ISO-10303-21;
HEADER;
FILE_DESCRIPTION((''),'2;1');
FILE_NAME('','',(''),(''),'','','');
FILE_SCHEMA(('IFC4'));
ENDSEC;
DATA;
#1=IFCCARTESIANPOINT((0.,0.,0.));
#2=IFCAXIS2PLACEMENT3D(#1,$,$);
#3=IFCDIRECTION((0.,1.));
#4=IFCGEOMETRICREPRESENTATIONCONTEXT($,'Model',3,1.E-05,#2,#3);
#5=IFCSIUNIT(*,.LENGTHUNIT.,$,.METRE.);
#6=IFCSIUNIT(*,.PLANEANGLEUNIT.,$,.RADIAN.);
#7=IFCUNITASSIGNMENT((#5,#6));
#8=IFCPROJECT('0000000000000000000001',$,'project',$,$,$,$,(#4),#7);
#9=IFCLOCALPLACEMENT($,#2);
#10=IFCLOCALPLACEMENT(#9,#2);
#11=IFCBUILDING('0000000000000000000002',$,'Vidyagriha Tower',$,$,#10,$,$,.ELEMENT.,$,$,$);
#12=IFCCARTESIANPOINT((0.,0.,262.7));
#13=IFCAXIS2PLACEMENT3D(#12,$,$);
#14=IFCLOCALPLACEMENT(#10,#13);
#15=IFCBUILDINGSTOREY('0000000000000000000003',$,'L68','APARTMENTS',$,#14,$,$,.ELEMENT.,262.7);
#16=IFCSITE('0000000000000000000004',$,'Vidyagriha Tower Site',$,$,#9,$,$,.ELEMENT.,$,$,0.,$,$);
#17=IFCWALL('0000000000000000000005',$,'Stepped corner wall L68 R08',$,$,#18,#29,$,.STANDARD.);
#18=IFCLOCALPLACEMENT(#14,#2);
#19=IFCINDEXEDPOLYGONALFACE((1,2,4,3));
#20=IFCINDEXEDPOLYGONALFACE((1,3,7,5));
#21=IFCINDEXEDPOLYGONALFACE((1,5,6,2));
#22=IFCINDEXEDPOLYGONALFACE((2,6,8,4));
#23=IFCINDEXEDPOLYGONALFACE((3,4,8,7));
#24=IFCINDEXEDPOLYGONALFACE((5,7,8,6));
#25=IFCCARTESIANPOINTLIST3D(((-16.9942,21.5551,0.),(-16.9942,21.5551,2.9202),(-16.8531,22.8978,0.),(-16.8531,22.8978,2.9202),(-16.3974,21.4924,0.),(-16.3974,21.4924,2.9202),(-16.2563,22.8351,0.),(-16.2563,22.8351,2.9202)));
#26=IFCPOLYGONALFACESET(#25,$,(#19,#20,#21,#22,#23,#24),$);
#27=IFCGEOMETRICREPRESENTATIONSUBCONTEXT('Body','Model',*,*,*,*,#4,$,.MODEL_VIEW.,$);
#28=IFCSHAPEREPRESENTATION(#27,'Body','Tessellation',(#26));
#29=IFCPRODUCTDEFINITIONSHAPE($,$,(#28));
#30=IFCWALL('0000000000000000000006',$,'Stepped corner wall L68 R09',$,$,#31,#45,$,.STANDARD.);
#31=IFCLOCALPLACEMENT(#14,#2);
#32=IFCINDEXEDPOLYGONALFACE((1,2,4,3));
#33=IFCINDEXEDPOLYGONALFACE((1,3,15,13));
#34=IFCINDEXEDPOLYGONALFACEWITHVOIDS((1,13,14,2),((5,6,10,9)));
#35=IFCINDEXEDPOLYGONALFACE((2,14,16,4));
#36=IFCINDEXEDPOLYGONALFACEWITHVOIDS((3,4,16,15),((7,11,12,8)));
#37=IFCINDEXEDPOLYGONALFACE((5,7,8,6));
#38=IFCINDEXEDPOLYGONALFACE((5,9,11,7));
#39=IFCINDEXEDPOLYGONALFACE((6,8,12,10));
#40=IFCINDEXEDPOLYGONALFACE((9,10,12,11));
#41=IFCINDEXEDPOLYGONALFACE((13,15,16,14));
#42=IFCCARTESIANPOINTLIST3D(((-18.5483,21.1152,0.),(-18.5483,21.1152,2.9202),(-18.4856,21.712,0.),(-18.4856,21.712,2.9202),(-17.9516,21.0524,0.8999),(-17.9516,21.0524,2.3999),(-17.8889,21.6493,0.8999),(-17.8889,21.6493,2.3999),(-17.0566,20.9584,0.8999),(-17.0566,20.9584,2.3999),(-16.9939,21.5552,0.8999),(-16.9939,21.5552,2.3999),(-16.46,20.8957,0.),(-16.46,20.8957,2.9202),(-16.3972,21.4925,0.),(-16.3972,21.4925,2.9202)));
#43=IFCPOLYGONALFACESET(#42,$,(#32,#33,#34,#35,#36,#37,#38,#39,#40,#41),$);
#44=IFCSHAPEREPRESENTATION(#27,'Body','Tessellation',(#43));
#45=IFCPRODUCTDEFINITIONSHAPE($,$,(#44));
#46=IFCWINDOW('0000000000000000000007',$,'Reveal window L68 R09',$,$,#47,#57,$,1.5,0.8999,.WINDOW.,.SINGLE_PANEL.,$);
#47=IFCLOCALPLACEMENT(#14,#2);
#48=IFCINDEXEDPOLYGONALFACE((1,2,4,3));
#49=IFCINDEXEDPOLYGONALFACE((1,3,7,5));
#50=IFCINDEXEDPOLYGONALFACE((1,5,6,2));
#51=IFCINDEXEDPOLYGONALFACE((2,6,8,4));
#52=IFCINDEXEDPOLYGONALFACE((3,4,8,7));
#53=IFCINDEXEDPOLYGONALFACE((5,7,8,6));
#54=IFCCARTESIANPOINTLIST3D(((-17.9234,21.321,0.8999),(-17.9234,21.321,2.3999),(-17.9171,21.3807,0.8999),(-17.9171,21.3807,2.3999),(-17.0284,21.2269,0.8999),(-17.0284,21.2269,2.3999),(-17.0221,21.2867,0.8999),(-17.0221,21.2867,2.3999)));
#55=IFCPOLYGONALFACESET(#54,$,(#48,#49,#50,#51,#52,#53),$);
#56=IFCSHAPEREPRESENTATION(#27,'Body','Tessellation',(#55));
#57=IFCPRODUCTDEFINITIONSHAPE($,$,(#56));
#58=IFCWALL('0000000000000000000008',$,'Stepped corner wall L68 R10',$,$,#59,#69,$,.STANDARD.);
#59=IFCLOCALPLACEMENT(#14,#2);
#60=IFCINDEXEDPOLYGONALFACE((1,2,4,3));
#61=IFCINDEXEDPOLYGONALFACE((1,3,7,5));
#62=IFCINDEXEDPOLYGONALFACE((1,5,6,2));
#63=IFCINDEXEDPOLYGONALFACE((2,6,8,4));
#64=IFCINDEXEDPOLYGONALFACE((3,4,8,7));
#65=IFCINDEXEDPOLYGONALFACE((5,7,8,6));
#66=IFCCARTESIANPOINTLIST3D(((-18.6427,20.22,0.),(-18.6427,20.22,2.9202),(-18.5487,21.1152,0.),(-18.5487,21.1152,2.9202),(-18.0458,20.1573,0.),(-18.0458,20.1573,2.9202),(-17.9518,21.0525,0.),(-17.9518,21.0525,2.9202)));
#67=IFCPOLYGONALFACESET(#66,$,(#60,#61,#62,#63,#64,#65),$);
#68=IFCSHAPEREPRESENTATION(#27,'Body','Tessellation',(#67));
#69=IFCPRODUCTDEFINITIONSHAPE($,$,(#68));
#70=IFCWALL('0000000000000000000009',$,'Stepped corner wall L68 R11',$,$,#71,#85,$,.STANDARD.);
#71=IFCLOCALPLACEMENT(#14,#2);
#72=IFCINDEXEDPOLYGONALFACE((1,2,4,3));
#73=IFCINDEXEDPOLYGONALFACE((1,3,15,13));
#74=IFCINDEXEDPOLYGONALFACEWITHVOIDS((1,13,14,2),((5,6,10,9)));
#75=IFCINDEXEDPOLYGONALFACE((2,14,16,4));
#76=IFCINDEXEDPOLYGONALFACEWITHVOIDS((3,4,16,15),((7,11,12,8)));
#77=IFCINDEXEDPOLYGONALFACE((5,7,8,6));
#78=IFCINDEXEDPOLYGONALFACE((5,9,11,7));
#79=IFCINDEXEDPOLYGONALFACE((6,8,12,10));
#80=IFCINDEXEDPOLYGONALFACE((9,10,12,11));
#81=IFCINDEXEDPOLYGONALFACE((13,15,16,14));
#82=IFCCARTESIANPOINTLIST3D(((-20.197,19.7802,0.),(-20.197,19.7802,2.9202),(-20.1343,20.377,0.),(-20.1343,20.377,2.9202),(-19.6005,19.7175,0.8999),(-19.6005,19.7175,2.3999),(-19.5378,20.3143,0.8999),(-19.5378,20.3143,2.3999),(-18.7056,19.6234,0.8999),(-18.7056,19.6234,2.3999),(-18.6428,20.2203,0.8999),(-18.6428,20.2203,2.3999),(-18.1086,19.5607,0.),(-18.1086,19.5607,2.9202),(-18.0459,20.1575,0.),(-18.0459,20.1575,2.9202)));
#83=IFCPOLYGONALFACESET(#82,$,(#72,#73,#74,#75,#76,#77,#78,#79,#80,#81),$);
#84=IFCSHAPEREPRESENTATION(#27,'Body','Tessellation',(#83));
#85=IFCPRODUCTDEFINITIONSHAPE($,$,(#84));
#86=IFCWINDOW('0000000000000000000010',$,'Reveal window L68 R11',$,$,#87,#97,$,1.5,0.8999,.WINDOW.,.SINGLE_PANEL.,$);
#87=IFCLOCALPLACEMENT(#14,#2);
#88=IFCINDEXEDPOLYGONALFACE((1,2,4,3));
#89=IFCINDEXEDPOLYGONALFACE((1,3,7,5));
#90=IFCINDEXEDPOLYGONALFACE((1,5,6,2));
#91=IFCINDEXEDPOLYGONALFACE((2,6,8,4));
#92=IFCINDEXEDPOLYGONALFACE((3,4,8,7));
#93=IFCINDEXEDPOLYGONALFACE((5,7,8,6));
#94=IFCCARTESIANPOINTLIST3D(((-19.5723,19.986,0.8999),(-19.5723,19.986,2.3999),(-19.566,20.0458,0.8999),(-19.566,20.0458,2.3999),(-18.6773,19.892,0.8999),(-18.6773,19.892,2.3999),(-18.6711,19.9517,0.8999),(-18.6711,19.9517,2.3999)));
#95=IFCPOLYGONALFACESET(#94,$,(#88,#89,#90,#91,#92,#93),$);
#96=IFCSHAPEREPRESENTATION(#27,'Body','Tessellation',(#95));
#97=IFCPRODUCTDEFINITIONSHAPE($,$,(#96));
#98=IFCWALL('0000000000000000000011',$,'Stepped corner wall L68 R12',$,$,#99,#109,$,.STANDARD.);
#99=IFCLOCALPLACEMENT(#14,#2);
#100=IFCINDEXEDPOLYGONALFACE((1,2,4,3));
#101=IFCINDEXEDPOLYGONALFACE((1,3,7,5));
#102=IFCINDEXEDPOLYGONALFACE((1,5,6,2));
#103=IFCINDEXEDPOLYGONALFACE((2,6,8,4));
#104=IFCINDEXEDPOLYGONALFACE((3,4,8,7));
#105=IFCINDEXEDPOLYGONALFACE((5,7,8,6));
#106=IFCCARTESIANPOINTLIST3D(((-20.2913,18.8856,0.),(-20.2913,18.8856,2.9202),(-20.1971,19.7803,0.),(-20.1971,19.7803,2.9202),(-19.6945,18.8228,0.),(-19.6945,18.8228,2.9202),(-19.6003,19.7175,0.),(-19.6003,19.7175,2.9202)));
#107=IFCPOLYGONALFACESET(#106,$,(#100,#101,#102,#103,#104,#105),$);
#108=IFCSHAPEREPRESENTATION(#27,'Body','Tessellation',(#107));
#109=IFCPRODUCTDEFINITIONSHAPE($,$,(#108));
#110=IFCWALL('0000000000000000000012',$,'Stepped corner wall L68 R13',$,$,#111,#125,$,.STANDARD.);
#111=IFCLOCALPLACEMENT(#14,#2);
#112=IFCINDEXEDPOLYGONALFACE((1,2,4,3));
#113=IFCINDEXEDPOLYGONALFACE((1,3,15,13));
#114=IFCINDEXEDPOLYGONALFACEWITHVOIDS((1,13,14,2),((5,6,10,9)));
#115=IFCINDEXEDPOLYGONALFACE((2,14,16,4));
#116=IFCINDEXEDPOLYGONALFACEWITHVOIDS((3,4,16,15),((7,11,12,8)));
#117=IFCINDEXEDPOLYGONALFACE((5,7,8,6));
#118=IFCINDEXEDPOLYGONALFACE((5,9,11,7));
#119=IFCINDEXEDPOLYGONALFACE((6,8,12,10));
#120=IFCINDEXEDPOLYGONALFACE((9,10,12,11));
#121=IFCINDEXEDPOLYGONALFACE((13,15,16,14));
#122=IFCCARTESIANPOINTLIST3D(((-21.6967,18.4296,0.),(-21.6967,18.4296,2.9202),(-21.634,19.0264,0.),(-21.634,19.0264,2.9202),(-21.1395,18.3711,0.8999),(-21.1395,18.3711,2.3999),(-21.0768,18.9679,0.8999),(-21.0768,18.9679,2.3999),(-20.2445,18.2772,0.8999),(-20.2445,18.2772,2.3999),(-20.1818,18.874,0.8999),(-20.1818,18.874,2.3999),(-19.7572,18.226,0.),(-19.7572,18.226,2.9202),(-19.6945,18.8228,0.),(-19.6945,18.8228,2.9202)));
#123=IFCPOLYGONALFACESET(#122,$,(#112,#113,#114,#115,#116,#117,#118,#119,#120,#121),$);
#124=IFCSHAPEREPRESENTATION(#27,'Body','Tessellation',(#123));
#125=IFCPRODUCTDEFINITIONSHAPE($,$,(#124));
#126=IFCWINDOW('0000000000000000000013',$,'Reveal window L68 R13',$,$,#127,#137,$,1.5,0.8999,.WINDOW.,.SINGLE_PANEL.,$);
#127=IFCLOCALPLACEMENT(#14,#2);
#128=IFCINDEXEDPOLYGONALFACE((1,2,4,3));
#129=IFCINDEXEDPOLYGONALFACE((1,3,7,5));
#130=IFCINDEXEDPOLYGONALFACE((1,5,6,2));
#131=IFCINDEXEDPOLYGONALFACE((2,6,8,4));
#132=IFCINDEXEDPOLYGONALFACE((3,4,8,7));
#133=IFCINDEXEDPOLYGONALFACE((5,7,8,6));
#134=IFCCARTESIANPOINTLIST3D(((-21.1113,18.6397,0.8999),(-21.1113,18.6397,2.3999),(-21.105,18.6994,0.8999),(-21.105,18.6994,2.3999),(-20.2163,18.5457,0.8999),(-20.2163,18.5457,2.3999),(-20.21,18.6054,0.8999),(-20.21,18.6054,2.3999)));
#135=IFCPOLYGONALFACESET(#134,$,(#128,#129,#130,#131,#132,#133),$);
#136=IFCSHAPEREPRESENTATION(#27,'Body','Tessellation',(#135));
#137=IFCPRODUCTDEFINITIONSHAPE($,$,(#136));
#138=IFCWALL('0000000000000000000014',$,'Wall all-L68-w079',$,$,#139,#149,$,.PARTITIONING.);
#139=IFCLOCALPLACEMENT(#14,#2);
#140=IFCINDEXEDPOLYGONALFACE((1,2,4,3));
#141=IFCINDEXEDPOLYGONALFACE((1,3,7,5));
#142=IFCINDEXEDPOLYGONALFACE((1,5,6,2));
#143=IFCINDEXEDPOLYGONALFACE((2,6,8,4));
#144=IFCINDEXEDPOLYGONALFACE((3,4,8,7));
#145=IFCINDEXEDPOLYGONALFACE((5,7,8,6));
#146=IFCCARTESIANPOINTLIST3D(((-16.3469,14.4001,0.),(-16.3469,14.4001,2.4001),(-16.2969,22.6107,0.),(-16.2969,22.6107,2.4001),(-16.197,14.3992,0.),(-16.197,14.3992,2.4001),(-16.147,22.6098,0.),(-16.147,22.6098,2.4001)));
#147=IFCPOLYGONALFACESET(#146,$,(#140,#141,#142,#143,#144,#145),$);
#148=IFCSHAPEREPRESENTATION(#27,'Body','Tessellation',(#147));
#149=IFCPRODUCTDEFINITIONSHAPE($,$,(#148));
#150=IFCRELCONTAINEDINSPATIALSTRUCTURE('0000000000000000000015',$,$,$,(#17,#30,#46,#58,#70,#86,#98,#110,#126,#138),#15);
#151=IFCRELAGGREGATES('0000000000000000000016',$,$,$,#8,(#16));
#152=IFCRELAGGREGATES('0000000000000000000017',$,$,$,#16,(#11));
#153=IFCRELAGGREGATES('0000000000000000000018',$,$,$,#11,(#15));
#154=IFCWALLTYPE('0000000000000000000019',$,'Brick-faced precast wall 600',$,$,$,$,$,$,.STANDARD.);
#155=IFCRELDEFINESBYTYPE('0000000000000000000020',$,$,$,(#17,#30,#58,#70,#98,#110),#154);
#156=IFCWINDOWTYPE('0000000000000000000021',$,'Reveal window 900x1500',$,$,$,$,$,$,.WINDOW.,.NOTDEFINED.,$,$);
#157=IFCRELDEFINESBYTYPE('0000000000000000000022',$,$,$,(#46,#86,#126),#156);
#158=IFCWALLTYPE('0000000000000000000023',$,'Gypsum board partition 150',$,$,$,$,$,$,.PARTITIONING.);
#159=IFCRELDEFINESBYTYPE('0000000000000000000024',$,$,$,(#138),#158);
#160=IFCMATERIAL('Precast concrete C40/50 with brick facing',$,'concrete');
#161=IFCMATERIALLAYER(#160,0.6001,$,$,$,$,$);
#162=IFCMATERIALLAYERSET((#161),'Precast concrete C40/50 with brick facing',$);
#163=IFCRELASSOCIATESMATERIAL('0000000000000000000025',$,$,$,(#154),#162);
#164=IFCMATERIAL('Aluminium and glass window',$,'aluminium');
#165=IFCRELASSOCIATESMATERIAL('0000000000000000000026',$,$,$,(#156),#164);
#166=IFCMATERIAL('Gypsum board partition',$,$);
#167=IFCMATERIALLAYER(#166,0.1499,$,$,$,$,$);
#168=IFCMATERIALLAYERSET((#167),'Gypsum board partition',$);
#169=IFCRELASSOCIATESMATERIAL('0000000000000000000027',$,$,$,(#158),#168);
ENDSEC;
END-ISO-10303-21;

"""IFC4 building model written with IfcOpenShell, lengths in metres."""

from ifc_helpers import new_model, si_unit, direction, frame, frame_2d, origin, place, context, subcontext, project, spatial, rectangle, extrude, material, layer, layer_set, type_object, element, fill, save


model = new_model("IFC4")

# Units and contexts
model_context = context("Model", 3, precision=1e-05, world=origin(), true_north=direction((0.0, 1.0)))
body_context = subcontext(model_context, "Body", "Model", "MODEL_VIEW")
ifc_project = project(units=[si_unit("LENGTHUNIT", "METRE"), si_unit("PLANEANGLEUNIT", "RADIAN")], contexts=[model_context])

# Site, building, storey
site_placement = place(None, origin())
site = spatial("IfcSite", under=ifc_project, at=site_placement, Name="Vidyagriha Tower Site", CompositionType="ELEMENT", RefElevation=0.0)
building_placement = place(site_placement, origin())
building = spatial("IfcBuilding", under=site, at=building_placement, Name="Vidyagriha Tower", CompositionType="ELEMENT")
storey_placement = place(building_placement, frame((0.0, 0.0, 262.7)))
storey = spatial("IfcBuildingStorey", under=building, at=storey_placement, Name="L68", Description="APARTMENTS", CompositionType="ELEMENT", Elevation=262.7)

# Wall
ifc_material_1 = material(Name="Precast concrete C40/50 with brick facing", Category="concrete")
ifc_layer_1 = layer(ifc_material_1, 0.6001)
ifc_layer_set_1 = layer_set([ifc_layer_1], Name="Precast concrete C40/50 with brick facing")
wall_type_1 = type_object("IfcWallType", Name="Brick-faced precast wall 600", PredefinedType="STANDARD", material=ifc_layer_set_1)
wall_1_placement = place(storey_placement, frame((-16.5547, 22.8665, 0.0), z_axis=(0.0, 0.0, 1.0), x_axis=(-0.104515, -0.994523, 0.0)))
element("IfcWall", 1, at=wall_1_placement, inside=storey, type_object=wall_type_1, Name="Stepped corner wall L68 R08", PredefinedType="STANDARD", context=body_context, shape_type="SweptSolid", body=[
    extrude(rectangle(XDim=1.3501, YDim=0.6001, at=frame_2d((0.675, 0.0))), origin(), (0.0, 0.0, 1.0), 2.9202),
])

# Wall, opening, window
wall_2_placement = place(storey_placement, frame((-16.4287, 21.1941, 0.0), z_axis=(0.0, 0.0, 1.0), x_axis=(-0.994523, 0.104521, 0.0)))
wall_2 = element("IfcWall", 2, at=wall_2_placement, inside=storey, type_object=wall_type_1, Name="Stepped corner wall L68 R09", PredefinedType="STANDARD", context=body_context, shape_type="SweptSolid", body=[
    extrude(rectangle(XDim=2.0999, YDim=0.6001, at=frame_2d((1.0498, 0.0))), origin(), (0.0, 0.0, 1.0), 2.9202),
])
opening_1_placement = place(wall_2_placement, frame((0.5999, 0.0, 0.8999)))
opening_1 = element("IfcOpeningElement", 3, at=opening_1_placement, cuts=wall_2, PredefinedType="OPENING", context=body_context, shape_type="SweptSolid", body=[
    extrude(rectangle(XDim=0.8999, YDim=1.5, at=frame_2d((0.45, 0.75))), frame((0.0, 0.3101, 0.0), z_axis=(0.0, -1.0, 0.0), x_axis=(1.0, 0.0, 0.0)), (0.0, 0.0, 1.0), 0.6201),
])
ifc_material_2 = material(Name="Aluminium and glass window", Category="aluminium")
window_type = type_object("IfcWindowType", Name="Reveal window 900x1500", PartitioningType="NOTDEFINED", PredefinedType="WINDOW", material=ifc_material_2)
window_1_placement = place(opening_1_placement, origin())
window_1 = element("IfcWindow", 4, at=window_1_placement, inside=storey, type_object=window_type, Name="Reveal window L68 R09", OverallHeight=1.5, OverallWidth=0.8999, PartitioningType="SINGLE_PANEL", PredefinedType="WINDOW", context=body_context, shape_type="SweptSolid", body=[
    extrude(rectangle(XDim=0.8999, YDim=1.5, at=frame_2d((0.45, 0.75))), frame((0.0, 0.03, 0.0), z_axis=(0.0, -1.0, 0.0), x_axis=(1.0, 0.0, 0.0)), (0.0, 0.0, 1.0), 0.0601),
])
fill(opening_1, window_1)

# Wall
wall_3_placement = place(storey_placement, frame((-18.2502, 21.084, 0.0), z_axis=(0.0, 0.0, 1.0), x_axis=(-0.104417, -0.994534, 0.0)))
element("IfcWall", 5, at=wall_3_placement, inside=storey, type_object=wall_type_1, Name="Stepped corner wall L68 R10", PredefinedType="STANDARD", context=body_context, shape_type="SweptSolid", body=[
    extrude(rectangle(XDim=0.9001, YDim=0.6001, at=frame_2d((0.4502, 0.0))), origin(), (0.0, 0.0, 1.0), 2.9202),
])

# Wall, opening, window
wall_4_placement = place(storey_placement, frame((-18.0774, 19.8591, 0.0), z_axis=(0.0, 0.0, 1.0), x_axis=(-0.994523, 0.104521, 0.0)))
wall_4 = element("IfcWall", 6, at=wall_4_placement, inside=storey, type_object=wall_type_1, Name="Stepped corner wall L68 R11", PredefinedType="STANDARD", context=body_context, shape_type="SweptSolid", body=[
    extrude(rectangle(XDim=2.0999, YDim=0.6001, at=frame_2d((1.0498, 0.0))), origin(), (0.0, 0.0, 1.0), 2.9202),
])
opening_2_placement = place(wall_4_placement, frame((0.6001, 0.0, 0.8999)))
opening_2 = element("IfcOpeningElement", 7, at=opening_2_placement, cuts=wall_4, PredefinedType="OPENING", context=body_context, shape_type="SweptSolid", body=[
    extrude(rectangle(XDim=0.8999, YDim=1.5, at=frame_2d((0.45, 0.75))), frame((0.0, 0.3101, 0.0), z_axis=(0.0, -1.0, 0.0), x_axis=(1.0, 0.0, 0.0)), (0.0, 0.0, 1.0), 0.6201),
])
window_2_placement = place(opening_2_placement, origin())
window_2 = element("IfcWindow", 8, at=window_2_placement, inside=storey, type_object=window_type, Name="Reveal window L68 R11", OverallHeight=1.5, OverallWidth=0.8999, PartitioningType="SINGLE_PANEL", PredefinedType="WINDOW", context=body_context, shape_type="SweptSolid", body=[
    extrude(rectangle(XDim=0.8999, YDim=1.5, at=frame_2d((0.45, 0.75))), frame((0.0, 0.03, 0.0), z_axis=(0.0, -1.0, 0.0), x_axis=(1.0, 0.0, 0.0)), (0.0, 0.0, 1.0), 0.0601),
])
fill(opening_2, window_2)

# Wall
wall_5_placement = place(storey_placement, frame((-19.8987, 19.7488, 0.0), z_axis=(0.0, 0.0, 1.0), x_axis=(-0.104741, -0.9945, 0.0)))
element("IfcWall", 9, at=wall_5_placement, inside=storey, type_object=wall_type_1, Name="Stepped corner wall L68 R12", PredefinedType="STANDARD", context=body_context, shape_type="SweptSolid", body=[
    extrude(rectangle(XDim=0.8997, YDim=0.6001, at=frame_2d((0.4497, 0.0))), origin(), (0.0, 0.0, 1.0), 2.9202),
])

# Wall, opening, window
wall_6_placement = place(storey_placement, frame((-19.7258, 18.5244, 0.0), z_axis=(0.0, 0.0, 1.0), x_axis=(-0.994534, 0.104411, 0.0)))
wall_6 = element("IfcWall", 10, at=wall_6_placement, inside=storey, type_object=wall_type_1, Name="Stepped corner wall L68 R13", PredefinedType="STANDARD", context=body_context, shape_type="SweptSolid", body=[
    extrude(rectangle(XDim=1.9502, YDim=0.6001, at=frame_2d((0.9751, 0.0))), origin(), (0.0, 0.0, 1.0), 2.9202),
])
opening_3_placement = place(wall_6_placement, frame((0.49, 0.0, 0.8999)))
opening_3 = element("IfcOpeningElement", 11, at=opening_3_placement, cuts=wall_6, PredefinedType="OPENING", context=body_context, shape_type="SweptSolid", body=[
    extrude(rectangle(XDim=0.8999, YDim=1.5, at=frame_2d((0.45, 0.75))), frame((0.0, 0.3101, 0.0), z_axis=(0.0, -1.0, 0.0), x_axis=(1.0, 0.0, 0.0)), (0.0, 0.0, 1.0), 0.6201),
])
window_3_placement = place(opening_3_placement, origin())
window_3 = element("IfcWindow", 12, at=window_3_placement, inside=storey, type_object=window_type, Name="Reveal window L68 R13", OverallHeight=1.5, OverallWidth=0.8999, PartitioningType="SINGLE_PANEL", PredefinedType="WINDOW", context=body_context, shape_type="SweptSolid", body=[
    extrude(rectangle(XDim=0.8999, YDim=1.5, at=frame_2d((0.45, 0.75))), frame((0.0, 0.03, 0.0), z_axis=(0.0, -1.0, 0.0), x_axis=(1.0, 0.0, 0.0)), (0.0, 0.0, 1.0), 0.0601),
])
fill(opening_3, window_3)

# Wall
ifc_material_3 = material(Name="Gypsum board partition")
ifc_layer_2 = layer(ifc_material_3, 0.1499)
ifc_layer_set_2 = layer_set([ifc_layer_2], Name="Gypsum board partition")
wall_type_2 = type_object("IfcWallType", Name="Gypsum board partition 150", PredefinedType="PARTITIONING", material=ifc_layer_set_2)
wall_7_placement = place(storey_placement, frame((-16.2219, 22.6104, 0.0), z_axis=(0.0, 0.0, 1.0), x_axis=(-0.006096, -0.999981, 0.0)))
element("IfcWall", 13, at=wall_7_placement, inside=storey, type_object=wall_type_2, Name="Wall all-L68-w079", PredefinedType="PARTITIONING", context=body_context, shape_type="SweptSolid", body=[
    extrude(rectangle(XDim=8.2107, YDim=0.1499, at=frame_2d((4.1055, 0.0))), origin(), (0.0, 0.0, 1.0), 2.4001),
])

save(model, "model.ifc")
